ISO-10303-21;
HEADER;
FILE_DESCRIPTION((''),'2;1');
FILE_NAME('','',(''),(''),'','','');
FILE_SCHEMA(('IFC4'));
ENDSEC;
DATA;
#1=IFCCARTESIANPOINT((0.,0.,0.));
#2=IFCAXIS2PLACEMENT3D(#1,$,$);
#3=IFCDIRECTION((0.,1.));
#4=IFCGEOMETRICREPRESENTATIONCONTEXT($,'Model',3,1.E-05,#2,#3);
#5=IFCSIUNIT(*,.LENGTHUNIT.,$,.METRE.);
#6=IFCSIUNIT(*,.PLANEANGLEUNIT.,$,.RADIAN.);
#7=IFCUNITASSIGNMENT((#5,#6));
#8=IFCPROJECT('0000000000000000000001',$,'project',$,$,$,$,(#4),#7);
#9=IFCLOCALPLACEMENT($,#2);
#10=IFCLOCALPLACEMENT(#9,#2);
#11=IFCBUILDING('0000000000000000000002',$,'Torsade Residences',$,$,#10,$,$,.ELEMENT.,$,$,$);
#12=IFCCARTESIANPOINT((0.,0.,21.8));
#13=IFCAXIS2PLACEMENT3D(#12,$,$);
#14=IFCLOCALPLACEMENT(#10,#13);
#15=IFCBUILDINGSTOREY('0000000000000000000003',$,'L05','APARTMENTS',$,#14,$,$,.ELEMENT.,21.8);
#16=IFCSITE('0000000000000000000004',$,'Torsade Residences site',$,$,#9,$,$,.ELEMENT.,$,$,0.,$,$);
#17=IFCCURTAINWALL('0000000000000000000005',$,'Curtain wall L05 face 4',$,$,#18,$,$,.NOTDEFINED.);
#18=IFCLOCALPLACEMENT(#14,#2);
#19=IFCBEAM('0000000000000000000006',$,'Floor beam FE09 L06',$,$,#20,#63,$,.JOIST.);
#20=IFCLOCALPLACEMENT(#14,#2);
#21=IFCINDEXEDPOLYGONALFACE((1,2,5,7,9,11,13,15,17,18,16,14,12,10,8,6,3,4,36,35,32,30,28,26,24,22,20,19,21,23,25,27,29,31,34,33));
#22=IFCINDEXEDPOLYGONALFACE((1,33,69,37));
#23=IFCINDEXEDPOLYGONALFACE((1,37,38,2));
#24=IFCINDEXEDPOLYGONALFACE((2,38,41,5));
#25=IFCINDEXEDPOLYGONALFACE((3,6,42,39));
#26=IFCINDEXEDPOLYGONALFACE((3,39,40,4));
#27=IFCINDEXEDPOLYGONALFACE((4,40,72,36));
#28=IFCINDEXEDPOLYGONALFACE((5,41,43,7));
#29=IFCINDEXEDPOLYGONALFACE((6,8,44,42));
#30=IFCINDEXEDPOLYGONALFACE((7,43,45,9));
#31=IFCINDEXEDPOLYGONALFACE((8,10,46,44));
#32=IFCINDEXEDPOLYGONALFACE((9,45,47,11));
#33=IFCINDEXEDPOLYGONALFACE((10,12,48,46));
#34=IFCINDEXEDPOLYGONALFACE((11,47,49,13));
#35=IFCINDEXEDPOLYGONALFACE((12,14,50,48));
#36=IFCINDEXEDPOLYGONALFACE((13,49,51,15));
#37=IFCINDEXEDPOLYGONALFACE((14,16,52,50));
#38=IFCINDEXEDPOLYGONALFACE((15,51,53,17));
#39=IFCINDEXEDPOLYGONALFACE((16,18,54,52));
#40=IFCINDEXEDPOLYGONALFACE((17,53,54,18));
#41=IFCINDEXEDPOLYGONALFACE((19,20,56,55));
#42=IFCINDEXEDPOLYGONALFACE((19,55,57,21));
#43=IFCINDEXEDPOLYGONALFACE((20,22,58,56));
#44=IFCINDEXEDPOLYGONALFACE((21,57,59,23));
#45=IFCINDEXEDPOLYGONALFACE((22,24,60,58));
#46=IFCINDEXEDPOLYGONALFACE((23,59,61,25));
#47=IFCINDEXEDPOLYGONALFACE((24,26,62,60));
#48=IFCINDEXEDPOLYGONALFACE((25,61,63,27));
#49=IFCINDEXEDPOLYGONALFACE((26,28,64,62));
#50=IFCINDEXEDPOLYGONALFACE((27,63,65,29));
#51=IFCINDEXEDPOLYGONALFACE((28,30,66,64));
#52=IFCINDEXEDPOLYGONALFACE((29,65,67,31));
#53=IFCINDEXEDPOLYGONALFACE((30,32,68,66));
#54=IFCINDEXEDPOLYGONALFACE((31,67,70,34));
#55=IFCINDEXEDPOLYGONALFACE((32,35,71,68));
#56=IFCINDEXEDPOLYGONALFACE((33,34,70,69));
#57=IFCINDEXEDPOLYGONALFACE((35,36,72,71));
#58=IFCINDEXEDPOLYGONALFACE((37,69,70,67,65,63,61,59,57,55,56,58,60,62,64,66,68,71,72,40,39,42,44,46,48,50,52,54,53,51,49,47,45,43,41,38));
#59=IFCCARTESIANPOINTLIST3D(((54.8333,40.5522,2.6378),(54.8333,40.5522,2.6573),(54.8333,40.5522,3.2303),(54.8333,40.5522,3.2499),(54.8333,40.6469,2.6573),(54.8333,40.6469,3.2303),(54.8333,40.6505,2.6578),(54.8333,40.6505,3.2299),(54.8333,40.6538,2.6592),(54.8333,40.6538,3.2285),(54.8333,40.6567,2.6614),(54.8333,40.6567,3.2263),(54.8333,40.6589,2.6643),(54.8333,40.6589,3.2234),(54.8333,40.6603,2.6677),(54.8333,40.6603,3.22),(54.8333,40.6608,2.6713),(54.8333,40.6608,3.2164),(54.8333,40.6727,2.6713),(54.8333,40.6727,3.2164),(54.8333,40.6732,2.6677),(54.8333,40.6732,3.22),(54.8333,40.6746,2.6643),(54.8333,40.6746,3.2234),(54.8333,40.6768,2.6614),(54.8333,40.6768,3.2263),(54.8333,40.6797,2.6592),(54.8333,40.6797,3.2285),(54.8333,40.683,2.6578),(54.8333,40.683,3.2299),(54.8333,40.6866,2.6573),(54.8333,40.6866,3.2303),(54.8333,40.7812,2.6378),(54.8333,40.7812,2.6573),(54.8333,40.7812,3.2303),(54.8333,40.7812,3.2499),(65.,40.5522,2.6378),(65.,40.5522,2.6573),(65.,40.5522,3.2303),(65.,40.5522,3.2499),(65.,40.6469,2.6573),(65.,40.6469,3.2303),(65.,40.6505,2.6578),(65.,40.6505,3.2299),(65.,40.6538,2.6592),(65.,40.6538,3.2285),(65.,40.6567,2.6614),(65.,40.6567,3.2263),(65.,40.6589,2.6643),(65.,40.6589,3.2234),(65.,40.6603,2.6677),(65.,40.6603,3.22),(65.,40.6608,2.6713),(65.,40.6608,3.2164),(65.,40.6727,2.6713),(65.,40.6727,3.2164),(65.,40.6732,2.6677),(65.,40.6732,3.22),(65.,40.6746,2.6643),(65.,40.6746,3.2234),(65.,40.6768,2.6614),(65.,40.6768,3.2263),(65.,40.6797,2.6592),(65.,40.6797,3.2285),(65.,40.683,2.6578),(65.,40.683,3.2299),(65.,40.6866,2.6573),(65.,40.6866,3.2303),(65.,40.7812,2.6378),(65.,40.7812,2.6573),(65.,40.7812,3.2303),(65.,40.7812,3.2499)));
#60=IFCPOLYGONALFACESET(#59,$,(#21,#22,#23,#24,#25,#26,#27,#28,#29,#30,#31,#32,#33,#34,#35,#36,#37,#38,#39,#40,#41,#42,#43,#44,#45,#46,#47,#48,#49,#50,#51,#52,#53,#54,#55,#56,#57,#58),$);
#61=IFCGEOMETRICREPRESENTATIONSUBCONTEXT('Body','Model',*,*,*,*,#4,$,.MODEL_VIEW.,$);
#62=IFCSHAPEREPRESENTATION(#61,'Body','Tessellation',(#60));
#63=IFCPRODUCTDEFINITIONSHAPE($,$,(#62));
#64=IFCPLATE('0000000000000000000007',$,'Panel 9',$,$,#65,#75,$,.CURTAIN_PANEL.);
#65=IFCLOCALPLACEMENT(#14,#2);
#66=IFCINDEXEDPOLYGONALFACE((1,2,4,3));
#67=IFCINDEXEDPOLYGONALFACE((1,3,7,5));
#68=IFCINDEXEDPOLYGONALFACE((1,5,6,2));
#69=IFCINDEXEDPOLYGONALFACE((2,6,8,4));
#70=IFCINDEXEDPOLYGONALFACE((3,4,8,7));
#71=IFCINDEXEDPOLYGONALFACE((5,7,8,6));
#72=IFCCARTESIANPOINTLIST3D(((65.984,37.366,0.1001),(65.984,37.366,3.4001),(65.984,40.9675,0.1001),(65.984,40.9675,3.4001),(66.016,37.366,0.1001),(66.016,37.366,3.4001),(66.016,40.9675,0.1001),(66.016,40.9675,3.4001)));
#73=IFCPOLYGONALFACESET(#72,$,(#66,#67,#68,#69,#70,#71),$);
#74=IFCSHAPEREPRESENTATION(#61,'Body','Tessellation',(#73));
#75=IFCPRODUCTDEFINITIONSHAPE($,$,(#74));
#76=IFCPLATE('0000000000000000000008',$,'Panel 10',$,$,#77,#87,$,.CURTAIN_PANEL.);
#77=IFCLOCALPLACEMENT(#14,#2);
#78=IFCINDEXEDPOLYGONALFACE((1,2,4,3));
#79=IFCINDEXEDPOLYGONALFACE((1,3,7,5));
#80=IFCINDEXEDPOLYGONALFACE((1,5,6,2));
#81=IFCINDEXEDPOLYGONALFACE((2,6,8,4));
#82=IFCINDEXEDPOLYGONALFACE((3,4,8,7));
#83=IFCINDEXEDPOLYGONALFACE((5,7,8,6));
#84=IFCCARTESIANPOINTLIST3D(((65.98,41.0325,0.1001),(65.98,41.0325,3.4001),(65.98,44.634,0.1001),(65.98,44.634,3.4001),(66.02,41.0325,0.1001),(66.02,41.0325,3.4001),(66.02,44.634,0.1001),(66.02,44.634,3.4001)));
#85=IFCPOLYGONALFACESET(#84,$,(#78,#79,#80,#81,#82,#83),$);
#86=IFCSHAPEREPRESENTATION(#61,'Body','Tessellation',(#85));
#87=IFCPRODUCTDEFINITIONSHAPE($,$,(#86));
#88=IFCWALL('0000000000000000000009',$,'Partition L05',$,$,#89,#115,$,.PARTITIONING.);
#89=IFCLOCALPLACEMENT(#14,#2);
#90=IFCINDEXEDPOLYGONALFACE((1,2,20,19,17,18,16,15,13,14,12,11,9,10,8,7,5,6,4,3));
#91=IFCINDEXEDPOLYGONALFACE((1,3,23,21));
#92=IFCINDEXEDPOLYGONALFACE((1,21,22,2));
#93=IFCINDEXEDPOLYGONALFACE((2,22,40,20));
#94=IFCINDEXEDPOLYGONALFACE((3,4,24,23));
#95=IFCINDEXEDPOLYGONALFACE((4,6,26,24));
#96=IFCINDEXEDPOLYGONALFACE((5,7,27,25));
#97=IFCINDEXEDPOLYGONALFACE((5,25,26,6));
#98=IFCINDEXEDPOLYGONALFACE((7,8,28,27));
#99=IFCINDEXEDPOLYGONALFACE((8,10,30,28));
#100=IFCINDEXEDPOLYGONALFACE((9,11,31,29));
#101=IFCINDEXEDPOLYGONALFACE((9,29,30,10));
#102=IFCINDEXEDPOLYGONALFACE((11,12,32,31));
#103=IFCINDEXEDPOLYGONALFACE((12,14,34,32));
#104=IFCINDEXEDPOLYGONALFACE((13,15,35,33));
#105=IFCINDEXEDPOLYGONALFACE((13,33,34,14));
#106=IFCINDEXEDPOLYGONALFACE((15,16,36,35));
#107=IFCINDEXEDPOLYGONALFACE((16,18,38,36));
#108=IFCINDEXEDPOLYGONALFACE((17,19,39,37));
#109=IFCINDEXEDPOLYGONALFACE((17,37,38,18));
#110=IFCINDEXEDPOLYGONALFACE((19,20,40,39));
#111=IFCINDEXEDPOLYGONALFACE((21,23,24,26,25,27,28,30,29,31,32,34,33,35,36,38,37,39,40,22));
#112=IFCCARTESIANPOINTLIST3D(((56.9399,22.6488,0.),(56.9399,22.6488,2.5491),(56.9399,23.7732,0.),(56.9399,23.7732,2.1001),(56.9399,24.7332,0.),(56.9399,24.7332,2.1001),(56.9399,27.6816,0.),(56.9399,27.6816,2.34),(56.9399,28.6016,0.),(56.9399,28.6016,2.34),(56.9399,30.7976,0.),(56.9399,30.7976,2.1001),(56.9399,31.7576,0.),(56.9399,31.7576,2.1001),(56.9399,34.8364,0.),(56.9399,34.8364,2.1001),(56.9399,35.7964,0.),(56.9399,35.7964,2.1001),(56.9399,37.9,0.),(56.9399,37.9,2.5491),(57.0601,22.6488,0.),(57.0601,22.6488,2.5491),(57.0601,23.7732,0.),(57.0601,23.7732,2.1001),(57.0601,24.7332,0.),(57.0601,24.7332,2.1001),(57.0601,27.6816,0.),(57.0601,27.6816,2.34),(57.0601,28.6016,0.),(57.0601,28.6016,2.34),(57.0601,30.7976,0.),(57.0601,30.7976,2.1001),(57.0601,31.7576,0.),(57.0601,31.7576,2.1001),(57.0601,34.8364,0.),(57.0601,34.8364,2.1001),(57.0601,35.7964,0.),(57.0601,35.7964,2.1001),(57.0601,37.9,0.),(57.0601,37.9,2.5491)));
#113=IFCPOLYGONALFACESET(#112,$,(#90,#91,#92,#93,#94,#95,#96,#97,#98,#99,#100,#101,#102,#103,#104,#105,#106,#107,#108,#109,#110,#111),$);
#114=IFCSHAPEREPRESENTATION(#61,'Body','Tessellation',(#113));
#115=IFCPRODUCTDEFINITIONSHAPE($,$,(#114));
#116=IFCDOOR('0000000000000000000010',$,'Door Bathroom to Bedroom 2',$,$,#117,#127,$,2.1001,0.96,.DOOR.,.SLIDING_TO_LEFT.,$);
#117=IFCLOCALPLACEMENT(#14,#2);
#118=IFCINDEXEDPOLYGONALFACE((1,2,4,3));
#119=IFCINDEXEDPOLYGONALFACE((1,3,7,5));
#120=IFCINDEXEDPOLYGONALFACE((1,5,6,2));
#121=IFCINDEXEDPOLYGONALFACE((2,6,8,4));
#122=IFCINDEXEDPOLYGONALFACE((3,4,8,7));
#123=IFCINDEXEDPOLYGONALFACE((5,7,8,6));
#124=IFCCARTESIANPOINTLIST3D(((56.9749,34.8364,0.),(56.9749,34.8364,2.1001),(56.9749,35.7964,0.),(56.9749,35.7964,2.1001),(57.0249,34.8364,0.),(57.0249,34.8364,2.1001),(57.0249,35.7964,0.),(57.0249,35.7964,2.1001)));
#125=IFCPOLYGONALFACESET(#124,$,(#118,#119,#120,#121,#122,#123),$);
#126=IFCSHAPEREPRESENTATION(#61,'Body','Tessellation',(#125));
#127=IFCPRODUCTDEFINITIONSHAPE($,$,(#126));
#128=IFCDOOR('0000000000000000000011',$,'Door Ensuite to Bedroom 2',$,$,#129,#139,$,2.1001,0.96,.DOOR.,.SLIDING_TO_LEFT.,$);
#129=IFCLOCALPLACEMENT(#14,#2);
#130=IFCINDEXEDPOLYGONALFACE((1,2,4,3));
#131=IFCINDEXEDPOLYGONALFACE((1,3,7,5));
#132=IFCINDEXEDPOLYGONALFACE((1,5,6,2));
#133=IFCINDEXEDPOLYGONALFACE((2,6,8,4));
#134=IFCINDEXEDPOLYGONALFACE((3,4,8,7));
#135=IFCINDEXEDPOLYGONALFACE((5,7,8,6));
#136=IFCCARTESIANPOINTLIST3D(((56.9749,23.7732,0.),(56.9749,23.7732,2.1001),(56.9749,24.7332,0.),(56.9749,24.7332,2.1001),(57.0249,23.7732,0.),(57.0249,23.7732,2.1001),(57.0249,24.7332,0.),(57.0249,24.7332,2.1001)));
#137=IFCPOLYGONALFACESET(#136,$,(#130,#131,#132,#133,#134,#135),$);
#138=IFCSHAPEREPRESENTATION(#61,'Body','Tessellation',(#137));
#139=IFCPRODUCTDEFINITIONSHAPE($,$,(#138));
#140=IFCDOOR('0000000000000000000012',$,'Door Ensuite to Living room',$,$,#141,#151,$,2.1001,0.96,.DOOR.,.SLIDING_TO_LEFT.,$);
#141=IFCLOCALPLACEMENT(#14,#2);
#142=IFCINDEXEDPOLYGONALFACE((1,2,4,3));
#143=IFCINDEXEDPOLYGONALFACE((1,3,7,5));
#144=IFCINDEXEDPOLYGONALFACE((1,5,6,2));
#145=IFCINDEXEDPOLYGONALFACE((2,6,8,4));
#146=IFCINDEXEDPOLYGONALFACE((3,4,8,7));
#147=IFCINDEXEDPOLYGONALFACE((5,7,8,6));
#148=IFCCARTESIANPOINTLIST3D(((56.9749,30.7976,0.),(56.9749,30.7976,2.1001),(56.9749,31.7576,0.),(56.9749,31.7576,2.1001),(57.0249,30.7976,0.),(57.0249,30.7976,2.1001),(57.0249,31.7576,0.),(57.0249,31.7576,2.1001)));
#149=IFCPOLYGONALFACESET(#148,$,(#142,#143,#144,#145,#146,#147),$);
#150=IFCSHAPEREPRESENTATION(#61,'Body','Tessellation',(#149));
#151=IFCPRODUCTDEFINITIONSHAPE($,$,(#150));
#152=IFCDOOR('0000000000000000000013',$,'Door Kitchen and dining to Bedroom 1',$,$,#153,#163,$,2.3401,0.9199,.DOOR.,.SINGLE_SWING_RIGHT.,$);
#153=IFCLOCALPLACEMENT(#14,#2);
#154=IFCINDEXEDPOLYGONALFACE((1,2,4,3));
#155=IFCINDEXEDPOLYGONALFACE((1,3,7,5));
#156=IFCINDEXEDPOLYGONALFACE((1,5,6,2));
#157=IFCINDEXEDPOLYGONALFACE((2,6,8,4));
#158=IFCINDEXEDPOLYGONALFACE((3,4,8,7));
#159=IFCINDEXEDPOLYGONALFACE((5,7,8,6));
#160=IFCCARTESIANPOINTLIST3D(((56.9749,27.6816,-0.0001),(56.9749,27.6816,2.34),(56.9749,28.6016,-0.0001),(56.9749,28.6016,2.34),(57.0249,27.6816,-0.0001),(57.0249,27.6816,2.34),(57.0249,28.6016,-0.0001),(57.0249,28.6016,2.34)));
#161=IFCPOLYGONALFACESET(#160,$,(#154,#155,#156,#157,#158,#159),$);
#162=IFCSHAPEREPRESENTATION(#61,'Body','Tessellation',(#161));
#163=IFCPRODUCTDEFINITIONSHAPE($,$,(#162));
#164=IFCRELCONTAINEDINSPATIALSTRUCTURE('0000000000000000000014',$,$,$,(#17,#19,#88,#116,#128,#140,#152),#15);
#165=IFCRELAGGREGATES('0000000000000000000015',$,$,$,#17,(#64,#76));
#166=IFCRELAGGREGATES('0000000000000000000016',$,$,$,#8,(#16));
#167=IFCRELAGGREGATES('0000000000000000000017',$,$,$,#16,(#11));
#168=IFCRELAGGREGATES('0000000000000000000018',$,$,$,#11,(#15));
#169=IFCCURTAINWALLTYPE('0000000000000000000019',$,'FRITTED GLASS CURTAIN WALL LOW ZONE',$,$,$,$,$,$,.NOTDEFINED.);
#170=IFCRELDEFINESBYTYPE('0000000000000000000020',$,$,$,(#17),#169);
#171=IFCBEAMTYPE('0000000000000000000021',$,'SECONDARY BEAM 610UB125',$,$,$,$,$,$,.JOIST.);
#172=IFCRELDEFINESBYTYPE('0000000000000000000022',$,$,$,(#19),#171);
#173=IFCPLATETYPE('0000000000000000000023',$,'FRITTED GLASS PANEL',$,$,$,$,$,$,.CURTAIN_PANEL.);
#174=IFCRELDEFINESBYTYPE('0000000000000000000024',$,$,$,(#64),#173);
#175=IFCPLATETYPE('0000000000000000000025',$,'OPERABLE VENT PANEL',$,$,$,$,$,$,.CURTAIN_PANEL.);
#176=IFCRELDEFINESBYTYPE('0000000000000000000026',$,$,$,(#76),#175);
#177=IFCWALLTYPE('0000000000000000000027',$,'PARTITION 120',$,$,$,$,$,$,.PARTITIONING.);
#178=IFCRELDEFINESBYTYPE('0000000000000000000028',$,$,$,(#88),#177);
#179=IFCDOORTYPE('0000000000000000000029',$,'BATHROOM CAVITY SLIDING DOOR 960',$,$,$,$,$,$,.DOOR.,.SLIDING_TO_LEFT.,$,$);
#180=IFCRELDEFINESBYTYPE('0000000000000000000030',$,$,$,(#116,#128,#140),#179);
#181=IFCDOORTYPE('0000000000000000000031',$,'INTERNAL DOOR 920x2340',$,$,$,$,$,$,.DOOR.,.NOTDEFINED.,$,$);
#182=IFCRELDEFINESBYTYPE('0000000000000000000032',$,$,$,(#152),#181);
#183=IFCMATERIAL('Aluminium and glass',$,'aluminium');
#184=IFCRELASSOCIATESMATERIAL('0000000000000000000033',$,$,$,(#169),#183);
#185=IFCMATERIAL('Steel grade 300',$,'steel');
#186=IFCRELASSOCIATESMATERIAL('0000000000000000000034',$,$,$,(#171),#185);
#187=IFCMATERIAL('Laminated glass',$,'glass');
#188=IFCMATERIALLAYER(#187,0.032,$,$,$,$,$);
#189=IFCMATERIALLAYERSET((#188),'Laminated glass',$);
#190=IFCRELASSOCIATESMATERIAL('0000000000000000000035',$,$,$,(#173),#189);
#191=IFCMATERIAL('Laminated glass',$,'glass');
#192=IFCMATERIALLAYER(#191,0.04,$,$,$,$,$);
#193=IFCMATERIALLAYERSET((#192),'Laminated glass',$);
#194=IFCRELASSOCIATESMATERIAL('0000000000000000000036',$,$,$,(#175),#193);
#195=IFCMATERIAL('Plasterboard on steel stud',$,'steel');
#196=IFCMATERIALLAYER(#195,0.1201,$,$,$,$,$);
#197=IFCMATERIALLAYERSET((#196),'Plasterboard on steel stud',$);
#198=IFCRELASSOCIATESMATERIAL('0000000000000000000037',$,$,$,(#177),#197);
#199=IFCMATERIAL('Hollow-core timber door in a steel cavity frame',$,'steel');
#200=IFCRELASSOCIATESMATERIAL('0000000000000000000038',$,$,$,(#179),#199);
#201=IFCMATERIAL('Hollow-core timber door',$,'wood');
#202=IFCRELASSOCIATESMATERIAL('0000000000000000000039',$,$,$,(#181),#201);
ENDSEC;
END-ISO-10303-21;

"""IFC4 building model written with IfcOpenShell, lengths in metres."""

from ifc_helpers import new_model, si_unit, direction, frame, frame_2d, origin, origin_2d, place, context, subcontext, project, spatial, rectangle, i_section, extrude, material, layer, layer_set, material_profile, profile_set, type_object, element, fill, aggregate, save


model = new_model("IFC4")

# Units and contexts
model_context = context("Model", 3, precision=1e-05, world=origin(), true_north=direction((0.0, 1.0)))
body_context = subcontext(model_context, "Body", "Model", "MODEL_VIEW")
ifc_project = project(units=[si_unit("LENGTHUNIT", "METRE"), si_unit("PLANEANGLEUNIT", "RADIAN")], contexts=[model_context])

# Site, building, storey
site_placement = place(None, origin())
site = spatial("IfcSite", under=ifc_project, at=site_placement, Name="Torsade Residences site", CompositionType="ELEMENT", RefElevation=0.0)
building_placement = place(site_placement, origin())
building = spatial("IfcBuilding", under=site, at=building_placement, Name="Torsade Residences", CompositionType="ELEMENT")
storey_placement = place(building_placement, frame((0.0, 0.0, 21.8)))
storey = spatial("IfcBuildingStorey", under=building, at=storey_placement, Name="L05", Description="APARTMENTS", CompositionType="ELEMENT", Elevation=21.8)

# Curtain wall
ifc_material_1 = material(Name="Aluminium and glass", Category="aluminium")
curtain_wall_type = type_object("IfcCurtainWallType", Name="FRITTED GLASS CURTAIN WALL LOW ZONE", PredefinedType="NOTDEFINED", material=ifc_material_1)
curtain_wall_placement = place(storey_placement, origin())
curtain_wall = element("IfcCurtainWall", 1, at=curtain_wall_placement, inside=storey, type_object=curtain_wall_type, Name="Curtain wall L05 face 4", PredefinedType="NOTDEFINED")

# Beam
ifc_material_2 = material(Name="Steel grade 300", Category="steel")
ifc_material_profile_1 = material_profile(ifc_material_2, i_section(OverallWidth=0.229, OverallDepth=0.6121, WebThickness=0.012, FlangeThickness=0.0195, FilletRadius=0.0139, at=origin_2d()), Name="610UB125")
ifc_profile_set_1 = profile_set([ifc_material_profile_1], Name="Steel grade 300")
beam_type_1 = type_object("IfcBeamType", Name="SECONDARY BEAM 610UB125", PredefinedType="JOIST", material=ifc_profile_set_1)
beam_1_placement = place(storey_placement, frame((65.0, 40.6667, 2.9438), z_axis=(-1.0, 0.0, 0.0), x_axis=(0.0, -1.0, 0.0)))
element("IfcBeam", 2, at=beam_1_placement, inside=storey, type_object=beam_type_1, Name="Floor beam FE09 L06", PredefinedType="JOIST", context=body_context, shape_type="SweptSolid", body=[
    extrude(i_section(OverallWidth=0.229, OverallDepth=0.6121, WebThickness=0.012, FlangeThickness=0.0195, FilletRadius=0.0139, at=origin_2d()), origin(), (0.0, 0.0, 1.0), 10.1667),
])

# Plates
ifc_material_3 = material(Name="Laminated glass", Category="glass")
ifc_layer_1 = layer(ifc_material_3, 0.032)
ifc_layer_set_1 = layer_set([ifc_layer_1], Name="Laminated glass")
plate_type_1 = type_object("IfcPlateType", Name="FRITTED GLASS PANEL", PredefinedType="CURTAIN_PANEL", material=ifc_layer_set_1)
plate_1_placement = place(storey_placement, frame((66.0, 39.1667, 0.1001), z_axis=(0.0, 0.0, 1.0), x_axis=(0.0, 1.0, 0.0)))
plate_1 = element("IfcPlate", 3, at=plate_1_placement, type_object=plate_type_1, Name="Panel 9", PredefinedType="CURTAIN_PANEL", context=body_context, shape_type="SweptSolid", body=[
    extrude(rectangle(XDim=3.6016, YDim=0.032, at=origin_2d()), origin(), (0.0, 0.0, 1.0), 3.3),
])
ifc_material_4 = material(Name="Laminated glass", Category="glass")
ifc_layer_2 = layer(ifc_material_4, 0.04)
ifc_layer_set_2 = layer_set([ifc_layer_2], Name="Laminated glass")
plate_type_2 = type_object("IfcPlateType", Name="OPERABLE VENT PANEL", PredefinedType="CURTAIN_PANEL", material=ifc_layer_set_2)
plate_2_placement = place(storey_placement, frame((66.0, 42.8333, 0.1001), z_axis=(0.0, 0.0, 1.0), x_axis=(0.0, 1.0, 0.0)))
plate_2 = element("IfcPlate", 4, at=plate_2_placement, type_object=plate_type_2, Name="Panel 10", PredefinedType="CURTAIN_PANEL", context=body_context, shape_type="SweptSolid", body=[
    extrude(rectangle(XDim=3.6016, YDim=0.04, at=origin_2d()), origin(), (0.0, 0.0, 1.0), 3.3),
])
aggregate(curtain_wall, [plate_1, plate_2])

# Wall, openings, doors
ifc_material_5 = material(Name="Plasterboard on steel stud", Category="steel")
ifc_layer_3 = layer(ifc_material_5, 0.1201)
ifc_layer_set_3 = layer_set([ifc_layer_3], Name="Plasterboard on steel stud")
wall_type_1 = type_object("IfcWallType", Name="PARTITION 120", PredefinedType="PARTITIONING", material=ifc_layer_set_3)
wall_1_placement = place(storey_placement, frame((57.0, 37.8999, 0.0), z_axis=(0.0, 0.0, 1.0), x_axis=(0.0, -1.0, 0.0)))
wall_1 = element("IfcWall", 5, at=wall_1_placement, inside=storey, type_object=wall_type_1, Name="Partition L05", PredefinedType="PARTITIONING", context=body_context, shape_type="SweptSolid", body=[
    extrude(rectangle(XDim=15.2512, YDim=0.1201, at=frame_2d((7.6255, 0.0))), origin(), (0.0, 0.0, 1.0), 2.5491),
])
opening_1_placement = place(wall_1_placement, frame((9.2983, 0.0, 0.0)))
opening_1 = element("IfcOpeningElement", 6, at=opening_1_placement, cuts=wall_1, PredefinedType="OPENING", context=body_context, shape_type="SweptSolid", body=[
    extrude(rectangle(XDim=0.9199, YDim=2.3401, at=frame_2d((0.46, 1.1699))), frame((0.0, 0.0701, 0.0), z_axis=(0.0, -1.0, 0.0), x_axis=(1.0, 0.0, 0.0)), (0.0, 0.0, 1.0), 0.1401),
])
opening_2_placement = place(wall_1_placement, frame((2.1035, 0.0, 0.0)))
opening_2 = element("IfcOpeningElement", 7, at=opening_2_placement, cuts=wall_1, PredefinedType="OPENING", context=body_context, shape_type="SweptSolid", body=[
    extrude(rectangle(XDim=0.96, YDim=2.1001, at=frame_2d((0.48, 1.05))), frame((0.0, 0.0701, 0.0), z_axis=(0.0, -1.0, 0.0), x_axis=(1.0, 0.0, 0.0)), (0.0, 0.0, 1.0), 0.1401),
])
opening_3_placement = place(wall_1_placement, frame((13.1667, 0.0, 0.0)))
opening_3 = element("IfcOpeningElement", 8, at=opening_3_placement, cuts=wall_1, PredefinedType="OPENING", context=body_context, shape_type="SweptSolid", body=[
    extrude(rectangle(XDim=0.96, YDim=2.1001, at=frame_2d((0.48, 1.05))), frame((0.0, 0.0701, 0.0), z_axis=(0.0, -1.0, 0.0), x_axis=(1.0, 0.0, 0.0)), (0.0, 0.0, 1.0), 0.1401),
])
opening_4_placement = place(wall_1_placement, frame((6.1423, 0.0, 0.0)))
opening_4 = element("IfcOpeningElement", 9, at=opening_4_placement, cuts=wall_1, PredefinedType="OPENING", context=body_context, shape_type="SweptSolid", body=[
    extrude(rectangle(XDim=0.96, YDim=2.1001, at=frame_2d((0.48, 1.05))), frame((0.0, 0.0701, 0.0), z_axis=(0.0, -1.0, 0.0), x_axis=(1.0, 0.0, 0.0)), (0.0, 0.0, 1.0), 0.1401),
])
ifc_material_6 = material(Name="Hollow-core timber door in a steel cavity frame", Category="steel")
door_type_1 = type_object("IfcDoorType", Name="BATHROOM CAVITY SLIDING DOOR 960", OperationType="SLIDING_TO_LEFT", PredefinedType="DOOR", material=ifc_material_6)
door_1_placement = place(opening_2_placement, origin())
door_1 = element("IfcDoor", 10, at=door_1_placement, inside=storey, type_object=door_type_1, Name="Door Bathroom to Bedroom 2", OperationType="SLIDING_TO_LEFT", OverallHeight=2.1001, OverallWidth=0.96, PredefinedType="DOOR", context=body_context, shape_type="SweptSolid", body=[
    extrude(rectangle(XDim=0.96, YDim=2.1001, at=frame_2d((0.48, 1.05))), frame((0.0, 0.0249, 0.0), z_axis=(0.0, -1.0, 0.0), x_axis=(1.0, 0.0, 0.0)), (0.0, 0.0, 1.0), 0.05),
])
fill(opening_2, door_1)
door_2_placement = place(opening_3_placement, origin())
door_2 = element("IfcDoor", 11, at=door_2_placement, inside=storey, type_object=door_type_1, Name="Door Ensuite to Bedroom 2", OperationType="SLIDING_TO_LEFT", OverallHeight=2.1001, OverallWidth=0.96, PredefinedType="DOOR", context=body_context, shape_type="SweptSolid", body=[
    extrude(rectangle(XDim=0.96, YDim=2.1001, at=frame_2d((0.48, 1.05))), frame((0.0, 0.0249, 0.0), z_axis=(0.0, -1.0, 0.0), x_axis=(1.0, 0.0, 0.0)), (0.0, 0.0, 1.0), 0.05),
])
fill(opening_3, door_2)
door_3_placement = place(opening_4_placement, origin())
door_3 = element("IfcDoor", 12, at=door_3_placement, inside=storey, type_object=door_type_1, Name="Door Ensuite to Living room", OperationType="SLIDING_TO_LEFT", OverallHeight=2.1001, OverallWidth=0.96, PredefinedType="DOOR", context=body_context, shape_type="SweptSolid", body=[
    extrude(rectangle(XDim=0.96, YDim=2.1001, at=frame_2d((0.48, 1.05))), frame((0.0, 0.0249, 0.0), z_axis=(0.0, -1.0, 0.0), x_axis=(1.0, 0.0, 0.0)), (0.0, 0.0, 1.0), 0.05),
])
fill(opening_4, door_3)
ifc_material_7 = material(Name="Hollow-core timber door", Category="wood")
door_type_2 = type_object("IfcDoorType", Name="INTERNAL DOOR 920x2340", OperationType="NOTDEFINED", PredefinedType="DOOR", material=ifc_material_7)
door_4_placement = place(opening_1_placement, origin())
door_4 = element("IfcDoor", 13, at=door_4_placement, inside=storey, type_object=door_type_2, Name="Door Kitchen and dining to Bedroom 1", OperationType="SINGLE_SWING_RIGHT", OverallHeight=2.3401, OverallWidth=0.9199, PredefinedType="DOOR", context=body_context, shape_type="SweptSolid", body=[
    extrude(rectangle(XDim=0.9199, YDim=2.3401, at=frame_2d((0.46, 1.1699))), frame((0.0, 0.0249, 0.0), z_axis=(0.0, -1.0, 0.0), x_axis=(1.0, 0.0, 0.0)), (0.0, 0.0, 1.0), 0.05),
])
fill(opening_1, door_4)

save(model, "model.ifc")
